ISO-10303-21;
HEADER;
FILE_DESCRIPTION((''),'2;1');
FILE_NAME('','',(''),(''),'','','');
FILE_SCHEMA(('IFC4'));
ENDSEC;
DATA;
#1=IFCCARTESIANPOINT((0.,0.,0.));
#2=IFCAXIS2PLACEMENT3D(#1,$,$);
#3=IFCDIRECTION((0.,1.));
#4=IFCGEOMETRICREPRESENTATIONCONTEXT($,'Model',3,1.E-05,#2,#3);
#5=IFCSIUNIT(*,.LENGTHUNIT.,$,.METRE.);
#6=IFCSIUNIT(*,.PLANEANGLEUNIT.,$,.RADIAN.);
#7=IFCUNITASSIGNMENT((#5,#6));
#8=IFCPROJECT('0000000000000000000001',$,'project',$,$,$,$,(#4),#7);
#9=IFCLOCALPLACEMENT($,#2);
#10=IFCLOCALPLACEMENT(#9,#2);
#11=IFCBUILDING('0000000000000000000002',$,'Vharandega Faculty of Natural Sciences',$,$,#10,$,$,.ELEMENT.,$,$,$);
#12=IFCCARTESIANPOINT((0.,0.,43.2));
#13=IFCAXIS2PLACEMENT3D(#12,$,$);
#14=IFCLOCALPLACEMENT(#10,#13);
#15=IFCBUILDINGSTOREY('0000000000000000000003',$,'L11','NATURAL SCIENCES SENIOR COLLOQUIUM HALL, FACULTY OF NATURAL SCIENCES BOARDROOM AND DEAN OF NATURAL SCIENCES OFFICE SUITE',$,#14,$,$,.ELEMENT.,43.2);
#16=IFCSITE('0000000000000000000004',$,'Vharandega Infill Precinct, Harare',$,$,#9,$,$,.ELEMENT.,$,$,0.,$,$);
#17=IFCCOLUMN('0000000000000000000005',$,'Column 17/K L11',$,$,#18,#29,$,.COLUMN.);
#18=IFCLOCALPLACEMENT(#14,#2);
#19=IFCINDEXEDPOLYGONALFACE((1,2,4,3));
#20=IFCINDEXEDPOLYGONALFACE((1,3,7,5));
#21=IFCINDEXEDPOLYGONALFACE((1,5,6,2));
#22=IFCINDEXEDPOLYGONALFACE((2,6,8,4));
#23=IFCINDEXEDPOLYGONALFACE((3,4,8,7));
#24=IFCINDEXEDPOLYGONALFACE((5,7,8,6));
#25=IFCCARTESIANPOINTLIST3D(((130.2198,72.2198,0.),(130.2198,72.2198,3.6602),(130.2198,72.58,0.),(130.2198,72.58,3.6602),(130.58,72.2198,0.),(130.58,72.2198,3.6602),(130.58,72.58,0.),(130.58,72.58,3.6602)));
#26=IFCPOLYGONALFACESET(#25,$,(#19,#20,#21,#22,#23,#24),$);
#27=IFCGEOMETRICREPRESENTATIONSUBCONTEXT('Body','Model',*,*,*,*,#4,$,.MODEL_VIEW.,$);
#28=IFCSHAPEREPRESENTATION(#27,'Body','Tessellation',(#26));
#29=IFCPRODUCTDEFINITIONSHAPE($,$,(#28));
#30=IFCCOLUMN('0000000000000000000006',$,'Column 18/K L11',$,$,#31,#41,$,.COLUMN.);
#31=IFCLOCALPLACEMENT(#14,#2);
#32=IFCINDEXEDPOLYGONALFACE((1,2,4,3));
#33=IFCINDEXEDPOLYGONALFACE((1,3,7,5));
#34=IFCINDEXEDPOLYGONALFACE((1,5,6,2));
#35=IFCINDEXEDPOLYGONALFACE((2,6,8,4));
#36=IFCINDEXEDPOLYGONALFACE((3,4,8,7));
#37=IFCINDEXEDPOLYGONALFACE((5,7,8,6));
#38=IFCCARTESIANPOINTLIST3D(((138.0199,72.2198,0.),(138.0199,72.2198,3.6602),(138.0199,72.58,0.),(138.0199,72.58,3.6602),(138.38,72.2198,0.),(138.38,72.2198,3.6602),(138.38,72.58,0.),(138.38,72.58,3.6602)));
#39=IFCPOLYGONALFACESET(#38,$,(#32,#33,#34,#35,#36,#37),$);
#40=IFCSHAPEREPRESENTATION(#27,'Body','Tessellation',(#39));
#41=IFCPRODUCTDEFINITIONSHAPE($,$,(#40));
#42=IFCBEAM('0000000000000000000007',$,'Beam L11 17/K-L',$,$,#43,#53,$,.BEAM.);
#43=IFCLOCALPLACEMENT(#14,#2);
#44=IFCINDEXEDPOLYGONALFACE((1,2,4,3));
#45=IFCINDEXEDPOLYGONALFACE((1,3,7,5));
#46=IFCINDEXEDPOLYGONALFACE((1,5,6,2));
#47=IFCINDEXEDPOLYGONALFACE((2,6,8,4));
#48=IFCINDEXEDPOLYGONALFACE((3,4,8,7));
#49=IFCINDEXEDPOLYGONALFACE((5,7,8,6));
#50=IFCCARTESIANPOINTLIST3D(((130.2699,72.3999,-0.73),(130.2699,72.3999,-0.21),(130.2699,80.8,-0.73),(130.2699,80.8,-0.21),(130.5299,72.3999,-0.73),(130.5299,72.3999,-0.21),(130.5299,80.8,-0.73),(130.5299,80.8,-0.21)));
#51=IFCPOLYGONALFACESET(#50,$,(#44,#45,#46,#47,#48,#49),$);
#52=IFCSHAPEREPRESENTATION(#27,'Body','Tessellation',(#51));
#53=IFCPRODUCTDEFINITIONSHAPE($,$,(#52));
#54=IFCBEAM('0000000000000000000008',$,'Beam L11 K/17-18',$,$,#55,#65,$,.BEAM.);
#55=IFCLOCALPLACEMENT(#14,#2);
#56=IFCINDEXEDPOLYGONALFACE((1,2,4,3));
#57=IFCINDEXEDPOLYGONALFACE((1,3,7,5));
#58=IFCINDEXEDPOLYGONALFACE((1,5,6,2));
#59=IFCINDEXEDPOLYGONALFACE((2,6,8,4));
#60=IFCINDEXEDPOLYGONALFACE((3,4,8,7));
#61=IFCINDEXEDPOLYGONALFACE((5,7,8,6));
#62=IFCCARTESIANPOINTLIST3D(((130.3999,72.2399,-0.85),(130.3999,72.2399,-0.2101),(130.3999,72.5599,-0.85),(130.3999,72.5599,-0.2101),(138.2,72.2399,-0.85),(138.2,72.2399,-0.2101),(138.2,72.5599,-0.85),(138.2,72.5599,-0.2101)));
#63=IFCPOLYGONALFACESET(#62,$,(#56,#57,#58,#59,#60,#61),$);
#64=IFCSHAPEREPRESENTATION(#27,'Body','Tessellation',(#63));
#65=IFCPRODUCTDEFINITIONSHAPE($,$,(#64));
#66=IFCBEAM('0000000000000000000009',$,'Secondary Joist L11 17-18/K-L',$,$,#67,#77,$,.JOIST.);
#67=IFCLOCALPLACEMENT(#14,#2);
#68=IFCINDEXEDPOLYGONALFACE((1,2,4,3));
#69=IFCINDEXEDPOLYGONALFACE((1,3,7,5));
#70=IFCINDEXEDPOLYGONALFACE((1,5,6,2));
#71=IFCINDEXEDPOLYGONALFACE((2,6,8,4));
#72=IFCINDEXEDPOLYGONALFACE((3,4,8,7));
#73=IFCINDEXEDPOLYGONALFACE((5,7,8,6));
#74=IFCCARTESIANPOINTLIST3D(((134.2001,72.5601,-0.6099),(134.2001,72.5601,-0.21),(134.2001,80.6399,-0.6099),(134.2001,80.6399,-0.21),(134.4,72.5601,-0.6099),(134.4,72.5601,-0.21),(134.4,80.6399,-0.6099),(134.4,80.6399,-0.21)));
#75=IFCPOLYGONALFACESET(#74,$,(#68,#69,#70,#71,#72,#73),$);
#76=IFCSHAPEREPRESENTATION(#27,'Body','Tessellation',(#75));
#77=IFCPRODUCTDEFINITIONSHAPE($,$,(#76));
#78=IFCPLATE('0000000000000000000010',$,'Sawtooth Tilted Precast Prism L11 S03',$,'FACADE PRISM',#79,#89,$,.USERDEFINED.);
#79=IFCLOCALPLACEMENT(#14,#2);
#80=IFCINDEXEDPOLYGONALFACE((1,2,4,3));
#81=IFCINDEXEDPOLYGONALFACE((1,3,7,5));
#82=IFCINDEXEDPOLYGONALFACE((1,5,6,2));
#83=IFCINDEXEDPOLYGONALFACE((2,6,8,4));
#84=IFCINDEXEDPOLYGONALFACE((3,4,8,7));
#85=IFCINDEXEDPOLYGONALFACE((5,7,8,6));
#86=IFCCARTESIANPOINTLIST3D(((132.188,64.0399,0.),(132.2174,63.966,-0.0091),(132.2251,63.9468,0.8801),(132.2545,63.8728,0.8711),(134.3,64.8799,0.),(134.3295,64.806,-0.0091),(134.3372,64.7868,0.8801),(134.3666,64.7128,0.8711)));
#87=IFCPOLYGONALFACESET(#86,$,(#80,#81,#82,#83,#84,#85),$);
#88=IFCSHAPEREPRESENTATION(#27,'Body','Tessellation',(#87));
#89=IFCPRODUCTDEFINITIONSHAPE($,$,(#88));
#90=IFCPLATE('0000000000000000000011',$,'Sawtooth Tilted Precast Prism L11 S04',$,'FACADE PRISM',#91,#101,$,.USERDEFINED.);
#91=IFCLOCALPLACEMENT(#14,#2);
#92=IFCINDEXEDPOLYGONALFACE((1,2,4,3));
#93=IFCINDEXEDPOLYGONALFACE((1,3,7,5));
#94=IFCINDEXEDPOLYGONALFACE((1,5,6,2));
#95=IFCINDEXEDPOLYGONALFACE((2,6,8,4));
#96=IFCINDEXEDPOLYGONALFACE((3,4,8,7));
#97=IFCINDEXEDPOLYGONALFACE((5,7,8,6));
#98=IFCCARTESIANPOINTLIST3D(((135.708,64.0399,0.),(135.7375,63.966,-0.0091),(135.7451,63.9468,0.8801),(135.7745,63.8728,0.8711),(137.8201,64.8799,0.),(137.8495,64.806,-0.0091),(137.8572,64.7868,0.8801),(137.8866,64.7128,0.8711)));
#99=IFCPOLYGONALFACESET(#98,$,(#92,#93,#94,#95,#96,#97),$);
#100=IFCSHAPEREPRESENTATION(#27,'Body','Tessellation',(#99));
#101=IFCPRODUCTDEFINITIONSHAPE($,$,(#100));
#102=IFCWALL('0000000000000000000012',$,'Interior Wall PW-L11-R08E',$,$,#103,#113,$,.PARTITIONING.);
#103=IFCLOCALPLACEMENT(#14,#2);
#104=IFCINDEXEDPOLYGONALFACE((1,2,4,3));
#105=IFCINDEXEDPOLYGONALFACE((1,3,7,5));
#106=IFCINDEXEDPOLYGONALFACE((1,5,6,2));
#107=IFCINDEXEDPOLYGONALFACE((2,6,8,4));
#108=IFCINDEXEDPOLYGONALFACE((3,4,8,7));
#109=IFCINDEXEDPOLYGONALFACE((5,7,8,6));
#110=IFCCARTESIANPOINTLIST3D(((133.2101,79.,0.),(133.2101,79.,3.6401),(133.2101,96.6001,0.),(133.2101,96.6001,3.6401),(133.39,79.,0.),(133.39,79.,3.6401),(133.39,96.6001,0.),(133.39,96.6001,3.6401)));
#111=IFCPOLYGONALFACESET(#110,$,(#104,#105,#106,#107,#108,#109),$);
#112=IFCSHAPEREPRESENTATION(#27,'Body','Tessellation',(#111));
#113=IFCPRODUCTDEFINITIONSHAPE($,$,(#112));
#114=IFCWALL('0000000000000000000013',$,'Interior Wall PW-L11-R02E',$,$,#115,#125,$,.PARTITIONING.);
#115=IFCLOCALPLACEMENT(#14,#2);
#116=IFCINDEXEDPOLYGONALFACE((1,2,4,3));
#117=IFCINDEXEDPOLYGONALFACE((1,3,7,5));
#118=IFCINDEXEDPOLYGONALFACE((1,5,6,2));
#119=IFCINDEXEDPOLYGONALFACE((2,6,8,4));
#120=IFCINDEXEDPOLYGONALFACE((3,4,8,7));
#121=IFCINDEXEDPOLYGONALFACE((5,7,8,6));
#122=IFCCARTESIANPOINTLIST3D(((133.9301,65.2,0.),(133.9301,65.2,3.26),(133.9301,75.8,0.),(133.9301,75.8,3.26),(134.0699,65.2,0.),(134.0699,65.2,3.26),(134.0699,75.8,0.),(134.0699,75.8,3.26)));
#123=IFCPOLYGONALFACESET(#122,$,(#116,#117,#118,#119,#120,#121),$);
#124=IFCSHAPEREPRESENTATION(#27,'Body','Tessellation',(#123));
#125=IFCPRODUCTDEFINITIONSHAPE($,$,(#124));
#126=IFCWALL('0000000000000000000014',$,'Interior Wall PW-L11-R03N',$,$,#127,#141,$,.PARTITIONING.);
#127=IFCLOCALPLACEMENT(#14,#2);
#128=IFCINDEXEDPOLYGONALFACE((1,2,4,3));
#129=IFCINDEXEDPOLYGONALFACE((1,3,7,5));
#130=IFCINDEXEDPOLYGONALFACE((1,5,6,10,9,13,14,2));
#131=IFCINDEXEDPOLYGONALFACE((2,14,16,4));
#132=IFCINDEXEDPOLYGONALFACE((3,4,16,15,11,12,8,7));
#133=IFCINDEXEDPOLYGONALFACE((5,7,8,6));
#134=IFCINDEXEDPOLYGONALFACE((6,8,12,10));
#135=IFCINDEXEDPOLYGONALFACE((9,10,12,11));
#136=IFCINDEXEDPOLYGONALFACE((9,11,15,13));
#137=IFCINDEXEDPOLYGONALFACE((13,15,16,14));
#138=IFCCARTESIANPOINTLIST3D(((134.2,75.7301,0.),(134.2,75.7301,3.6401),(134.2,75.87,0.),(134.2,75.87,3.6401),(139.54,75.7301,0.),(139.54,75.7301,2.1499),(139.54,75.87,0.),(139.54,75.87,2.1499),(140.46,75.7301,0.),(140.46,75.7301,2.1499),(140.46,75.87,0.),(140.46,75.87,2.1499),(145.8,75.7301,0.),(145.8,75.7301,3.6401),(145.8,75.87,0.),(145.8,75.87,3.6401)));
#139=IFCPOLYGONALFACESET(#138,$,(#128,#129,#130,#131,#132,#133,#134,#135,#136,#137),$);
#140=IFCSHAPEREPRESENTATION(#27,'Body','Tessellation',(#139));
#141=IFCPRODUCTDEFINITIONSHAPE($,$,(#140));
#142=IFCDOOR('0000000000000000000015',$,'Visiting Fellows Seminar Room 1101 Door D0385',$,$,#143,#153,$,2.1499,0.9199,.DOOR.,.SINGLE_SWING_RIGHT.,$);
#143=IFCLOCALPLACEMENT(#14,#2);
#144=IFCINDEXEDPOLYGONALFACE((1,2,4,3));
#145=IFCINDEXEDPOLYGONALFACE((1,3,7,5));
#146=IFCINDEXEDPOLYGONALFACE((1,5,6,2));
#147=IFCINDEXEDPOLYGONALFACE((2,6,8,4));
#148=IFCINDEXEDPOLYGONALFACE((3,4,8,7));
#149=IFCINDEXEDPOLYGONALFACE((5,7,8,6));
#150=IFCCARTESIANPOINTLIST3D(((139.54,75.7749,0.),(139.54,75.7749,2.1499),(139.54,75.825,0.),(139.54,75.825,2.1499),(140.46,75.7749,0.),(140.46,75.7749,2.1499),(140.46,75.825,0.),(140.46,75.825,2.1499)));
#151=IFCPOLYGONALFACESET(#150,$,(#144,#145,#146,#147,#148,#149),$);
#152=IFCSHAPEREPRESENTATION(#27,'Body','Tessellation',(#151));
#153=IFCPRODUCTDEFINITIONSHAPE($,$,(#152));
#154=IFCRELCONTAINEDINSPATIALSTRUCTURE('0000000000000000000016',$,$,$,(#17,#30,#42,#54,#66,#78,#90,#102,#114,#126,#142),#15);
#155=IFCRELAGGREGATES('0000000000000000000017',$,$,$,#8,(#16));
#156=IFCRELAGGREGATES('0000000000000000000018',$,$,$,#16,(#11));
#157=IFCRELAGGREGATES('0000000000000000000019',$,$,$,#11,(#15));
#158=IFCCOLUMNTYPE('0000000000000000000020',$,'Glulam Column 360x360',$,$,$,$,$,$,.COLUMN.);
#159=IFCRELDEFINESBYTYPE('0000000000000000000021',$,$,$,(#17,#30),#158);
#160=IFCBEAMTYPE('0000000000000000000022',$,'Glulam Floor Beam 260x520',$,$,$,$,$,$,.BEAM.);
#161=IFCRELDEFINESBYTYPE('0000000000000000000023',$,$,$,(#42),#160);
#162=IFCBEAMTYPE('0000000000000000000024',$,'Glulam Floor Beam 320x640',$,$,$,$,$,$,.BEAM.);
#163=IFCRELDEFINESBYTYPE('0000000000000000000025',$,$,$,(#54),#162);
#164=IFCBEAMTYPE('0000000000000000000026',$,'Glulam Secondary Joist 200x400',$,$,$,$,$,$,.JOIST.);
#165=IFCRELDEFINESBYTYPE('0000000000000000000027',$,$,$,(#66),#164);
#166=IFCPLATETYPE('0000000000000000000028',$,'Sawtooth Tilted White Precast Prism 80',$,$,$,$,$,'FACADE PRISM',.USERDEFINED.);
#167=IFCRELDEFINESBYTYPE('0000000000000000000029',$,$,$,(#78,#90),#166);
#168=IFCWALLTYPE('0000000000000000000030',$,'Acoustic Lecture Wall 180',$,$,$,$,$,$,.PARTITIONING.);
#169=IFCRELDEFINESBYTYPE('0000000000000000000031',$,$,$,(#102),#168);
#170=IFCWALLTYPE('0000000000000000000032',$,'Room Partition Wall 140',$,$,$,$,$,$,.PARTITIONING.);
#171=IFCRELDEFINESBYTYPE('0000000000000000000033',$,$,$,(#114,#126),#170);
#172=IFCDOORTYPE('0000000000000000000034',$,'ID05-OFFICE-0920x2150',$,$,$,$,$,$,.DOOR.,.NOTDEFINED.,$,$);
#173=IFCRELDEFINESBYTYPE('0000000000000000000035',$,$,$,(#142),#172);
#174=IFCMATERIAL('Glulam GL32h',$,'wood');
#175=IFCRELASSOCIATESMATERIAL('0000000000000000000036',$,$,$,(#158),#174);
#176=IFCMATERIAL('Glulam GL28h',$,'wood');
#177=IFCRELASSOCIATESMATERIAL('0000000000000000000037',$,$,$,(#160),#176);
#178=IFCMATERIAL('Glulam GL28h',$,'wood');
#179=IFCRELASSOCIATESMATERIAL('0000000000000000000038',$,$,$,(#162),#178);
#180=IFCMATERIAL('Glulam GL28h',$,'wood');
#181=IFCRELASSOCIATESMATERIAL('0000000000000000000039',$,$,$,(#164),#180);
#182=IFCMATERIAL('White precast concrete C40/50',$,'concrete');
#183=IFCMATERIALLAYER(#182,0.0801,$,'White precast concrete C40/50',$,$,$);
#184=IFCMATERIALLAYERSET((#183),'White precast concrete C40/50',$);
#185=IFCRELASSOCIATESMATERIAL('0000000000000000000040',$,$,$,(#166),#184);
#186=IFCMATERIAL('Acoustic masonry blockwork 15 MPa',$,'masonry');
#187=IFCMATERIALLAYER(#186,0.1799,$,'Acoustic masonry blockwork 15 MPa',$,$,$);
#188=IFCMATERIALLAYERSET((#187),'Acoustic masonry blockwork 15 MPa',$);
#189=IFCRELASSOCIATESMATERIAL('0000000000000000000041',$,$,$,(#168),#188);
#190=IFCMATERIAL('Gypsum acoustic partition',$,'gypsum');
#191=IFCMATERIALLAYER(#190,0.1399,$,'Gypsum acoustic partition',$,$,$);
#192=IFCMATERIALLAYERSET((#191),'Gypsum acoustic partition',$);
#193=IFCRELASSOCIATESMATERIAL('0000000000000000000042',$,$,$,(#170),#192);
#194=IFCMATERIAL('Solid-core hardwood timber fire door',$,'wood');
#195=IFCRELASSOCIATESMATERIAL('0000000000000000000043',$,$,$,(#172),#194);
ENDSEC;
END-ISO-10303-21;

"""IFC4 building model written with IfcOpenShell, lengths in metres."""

from ifc_helpers import new_model, si_unit, direction, frame, frame_2d, origin, origin_2d, place, context, subcontext, project, spatial, polyline, rectangle, outline, extrude, material, layer, layer_set, material_profile, profile_set, type_object, element, fill, save


model = new_model("IFC4")

# Units and contexts
model_context = context("Model", 3, precision=1e-05, world=origin(), true_north=direction((0.0, 1.0)))
body_context = subcontext(model_context, "Body", "Model", "MODEL_VIEW")
ifc_project = project(units=[si_unit("LENGTHUNIT", "METRE"), si_unit("PLANEANGLEUNIT", "RADIAN")], contexts=[model_context])

# Site, building, storey
site_placement = place(None, origin())
site = spatial("IfcSite", under=ifc_project, at=site_placement, Name="Vharandega Infill Precinct, Harare", CompositionType="ELEMENT", RefElevation=0.0)
building_placement = place(site_placement, origin())
building = spatial("IfcBuilding", under=site, at=building_placement, Name="Vharandega Faculty of Natural Sciences", CompositionType="ELEMENT")
storey_placement = place(building_placement, frame((0.0, 0.0, 43.2)))
storey = spatial("IfcBuildingStorey", under=building, at=storey_placement, Name="L11", Description="NATURAL SCIENCES SENIOR COLLOQUIUM HALL, FACULTY OF NATURAL SCIENCES BOARDROOM AND DEAN OF NATURAL SCIENCES OFFICE SUITE", CompositionType="ELEMENT", Elevation=43.2)

# Columns
ifc_material_1 = material(Name="Glulam GL32h", Category="wood")
ifc_material_profile_1 = material_profile(ifc_material_1, rectangle(XDim=0.3601, YDim=0.3601, at=origin_2d()), Name="GL32h 360x360")
ifc_profile_set_1 = profile_set([ifc_material_profile_1], Name="Glulam GL32h")
column_type = type_object("IfcColumnType", Name="Glulam Column 360x360", PredefinedType="COLUMN", material=ifc_profile_set_1)
for number, where, z_axis, x_axis, name in (
    (1, (130.3999, 72.3999, 0.0), (0.0, 0.0, 1.0), (1.0, 0.0, 0.0), "Column 17/K L11"),
    (2, (138.2, 72.3999, 0.0), (0.0, 0.0, 1.0), (1.0, 0.0, 0.0), "Column 18/K L11"),
):
    element("IfcColumn", number, at=place(storey_placement, frame(where, z_axis=z_axis, x_axis=x_axis)), inside=storey, type_object=column_type, Name=name, PredefinedType="COLUMN", context=body_context, shape_type="SweptSolid", body=[
        extrude(rectangle(XDim=0.3601, YDim=0.3601, at=origin_2d()), origin(), (0.0, 0.0, 1.0), 3.6602),
    ])

# Beams
ifc_material_2 = material(Name="Glulam GL28h", Category="wood")
ifc_material_profile_2 = material_profile(ifc_material_2, rectangle(XDim=0.26, YDim=0.52, at=origin_2d()), Name="GL28h 260x520")
ifc_profile_set_2 = profile_set([ifc_material_profile_2], Name="Glulam GL28h")
beam_type_1 = type_object("IfcBeamType", Name="Glulam Floor Beam 260x520", PredefinedType="BEAM", material=ifc_profile_set_2)
beam_1_placement = place(storey_placement, frame((130.3999, 72.3999, -0.47), z_axis=(0.0, 1.0, 0.0), x_axis=(-1.0, 0.0, 0.0)))
element("IfcBeam", 3, at=beam_1_placement, inside=storey, type_object=beam_type_1, Name="Beam L11 17/K-L", PredefinedType="BEAM", context=body_context, shape_type="SweptSolid", body=[
    extrude(rectangle(XDim=0.26, YDim=0.52, at=origin_2d()), origin(), (0.0, 0.0, 1.0), 8.4001),
])
ifc_material_3 = material(Name="Glulam GL28h", Category="wood")
ifc_material_profile_3 = material_profile(ifc_material_3, rectangle(XDim=0.3201, YDim=0.6399, at=origin_2d()), Name="GL28h 320x640")
ifc_profile_set_3 = profile_set([ifc_material_profile_3], Name="Glulam GL28h")
beam_type_2 = type_object("IfcBeamType", Name="Glulam Floor Beam 320x640", PredefinedType="BEAM", material=ifc_profile_set_3)
beam_2_placement = place(storey_placement, frame((130.3999, 72.3999, -0.53), z_axis=(1.0, 0.0, 0.0), x_axis=(0.0, 1.0, 0.0)))
element("IfcBeam", 4, at=beam_2_placement, inside=storey, type_object=beam_type_2, Name="Beam L11 K/17-18", PredefinedType="BEAM", context=body_context, shape_type="SweptSolid", body=[
    extrude(rectangle(XDim=0.3201, YDim=0.6399, at=origin_2d()), origin(), (0.0, 0.0, 1.0), 7.8),
])
ifc_material_4 = material(Name="Glulam GL28h", Category="wood")
ifc_material_profile_4 = material_profile(ifc_material_4, rectangle(XDim=0.2, YDim=0.3999, at=origin_2d()), Name="GL28h 200x400")
ifc_profile_set_4 = profile_set([ifc_material_profile_4], Name="Glulam GL28h")
beam_type_3 = type_object("IfcBeamType", Name="Glulam Secondary Joist 200x400", PredefinedType="JOIST", material=ifc_profile_set_4)
beam_3_placement = place(storey_placement, frame((134.3, 72.5601, -0.4099), z_axis=(0.0, 1.0, 0.0), x_axis=(-1.0, 0.0, 0.0)))
element("IfcBeam", 5, at=beam_3_placement, inside=storey, type_object=beam_type_3, Name="Secondary Joist L11 17-18/K-L", PredefinedType="JOIST", context=body_context, shape_type="SweptSolid", body=[
    extrude(rectangle(XDim=0.2, YDim=0.3999, at=origin_2d()), origin(), (0.0, 0.0, 1.0), 8.0798),
])

# Plates
ifc_material_5 = material(Name="White precast concrete C40/50", Category="concrete")
ifc_layer_1 = layer(ifc_material_5, 0.0801, Name="White precast concrete C40/50")
ifc_layer_set_1 = layer_set([ifc_layer_1], Name="White precast concrete C40/50")
plate_type = type_object("IfcPlateType", Name="Sawtooth Tilted White Precast Prism 80", ElementType="FACADE PRISM", PredefinedType="USERDEFINED", material=ifc_layer_set_1)
for number, where, z_axis, x_axis, name in (
    (6, (134.3, 64.8799, 0.0), (-0.367173, 0.923241, 0.113184), (0.04194, -0.105126, 0.993574), "Sawtooth Tilted Precast Prism L11 S03"),
    (7, (137.8201, 64.8799, 0.0), (-0.367173, 0.923241, 0.113184), (0.04194, -0.105126, 0.993574), "Sawtooth Tilted Precast Prism L11 S04"),
):
    element("IfcPlate", number, at=place(storey_placement, frame(where, z_axis=z_axis, x_axis=x_axis)), inside=storey, type_object=plate_type, Name=name, ObjectType="FACADE PRISM", PredefinedType="USERDEFINED", context=body_context, shape_type="SweptSolid", body=[
        extrude(outline(polyline([(0.0, 0.0), (0.8858, 0.0), (0.8855, -2.273), (-0.0003, -2.2729), (0.0, 0.0)])), origin(), (0.0, 0.0, -1.0), 0.0801),
    ])

# Walls
ifc_material_6 = material(Name="Acoustic masonry blockwork 15 MPa", Category="masonry")
ifc_layer_2 = layer(ifc_material_6, 0.1799, Name="Acoustic masonry blockwork 15 MPa")
ifc_layer_set_2 = layer_set([ifc_layer_2], Name="Acoustic masonry blockwork 15 MPa")
wall_type_1 = type_object("IfcWallType", Name="Acoustic Lecture Wall 180", PredefinedType="PARTITIONING", material=ifc_layer_set_2)
wall_1_placement = place(storey_placement, frame((133.3, 79.0, 0.0), z_axis=(0.0, 0.0, 1.0), x_axis=(0.0, 1.0, 0.0)))
element("IfcWall", 8, at=wall_1_placement, inside=storey, type_object=wall_type_1, Name="Interior Wall PW-L11-R08E", PredefinedType="PARTITIONING", context=body_context, shape_type="SweptSolid", body=[
    extrude(rectangle(XDim=17.6001, YDim=0.1799, at=frame_2d((8.8, 0.0))), origin(), (0.0, 0.0, 1.0), 3.6401),
])
ifc_material_7 = material(Name="Gypsum acoustic partition", Category="gypsum")
ifc_layer_3 = layer(ifc_material_7, 0.1399, Name="Gypsum acoustic partition")
ifc_layer_set_3 = layer_set([ifc_layer_3], Name="Gypsum acoustic partition")
wall_type_2 = type_object("IfcWallType", Name="Room Partition Wall 140", PredefinedType="PARTITIONING", material=ifc_layer_set_3)
wall_2_placement = place(storey_placement, frame((134.0, 65.2, 0.0), z_axis=(0.0, 0.0, 1.0), x_axis=(0.0, 1.0, 0.0)))
element("IfcWall", 9, at=wall_2_placement, inside=storey, type_object=wall_type_2, Name="Interior Wall PW-L11-R02E", PredefinedType="PARTITIONING", context=body_context, shape_type="SweptSolid", body=[
    extrude(rectangle(XDim=10.6001, YDim=0.1399, at=frame_2d((5.3, 0.0))), origin(), (0.0, 0.0, 1.0), 3.26),
])

# Wall, opening, door
wall_3_placement = place(storey_placement, frame((134.2, 75.8, 0.0), z_axis=(0.0, 0.0, 1.0), x_axis=(1.0, 0.0, 0.0)))
wall_3 = element("IfcWall", 10, at=wall_3_placement, inside=storey, type_object=wall_type_2, Name="Interior Wall PW-L11-R03N", PredefinedType="PARTITIONING", context=body_context, shape_type="SweptSolid", body=[
    extrude(rectangle(XDim=11.6001, YDim=0.1399, at=frame_2d((5.8, 0.0))), origin(), (0.0, 0.0, 1.0), 3.6401),
])
opening_1_placement = place(wall_3_placement, frame((5.3401, 0.0, 0.0)))
opening_1 = element("IfcOpeningElement", 11, at=opening_1_placement, cuts=wall_3, PredefinedType="OPENING", context=body_context, shape_type="SweptSolid", body=[
    extrude(rectangle(XDim=0.9199, YDim=2.1499, at=frame_2d((0.46, 1.075))), frame((0.0, 0.0801, 0.0), z_axis=(0.0, -1.0, 0.0), x_axis=(1.0, 0.0, 0.0)), (0.0, 0.0, 1.0), 0.1599),
])
ifc_material_8 = material(Name="Solid-core hardwood timber fire door", Category="wood")
door_type = type_object("IfcDoorType", Name="ID05-OFFICE-0920x2150", OperationType="NOTDEFINED", PredefinedType="DOOR", material=ifc_material_8)
door_placement = place(opening_1_placement, origin())
door = element("IfcDoor", 12, at=door_placement, inside=storey, type_object=door_type, Name="Visiting Fellows Seminar Room 1101 Door D0385", OperationType="SINGLE_SWING_RIGHT", OverallHeight=2.1499, OverallWidth=0.9199, PredefinedType="DOOR", context=body_context, shape_type="SweptSolid", body=[
    extrude(rectangle(XDim=0.9199, YDim=2.1499, at=frame_2d((0.46, 1.075))), frame((0.0, 0.0249, 0.0), z_axis=(0.0, -1.0, 0.0), x_axis=(1.0, 0.0, 0.0)), (0.0, 0.0, 1.0), 0.05),
])
fill(opening_1, door)

save(model, "model.ifc")
